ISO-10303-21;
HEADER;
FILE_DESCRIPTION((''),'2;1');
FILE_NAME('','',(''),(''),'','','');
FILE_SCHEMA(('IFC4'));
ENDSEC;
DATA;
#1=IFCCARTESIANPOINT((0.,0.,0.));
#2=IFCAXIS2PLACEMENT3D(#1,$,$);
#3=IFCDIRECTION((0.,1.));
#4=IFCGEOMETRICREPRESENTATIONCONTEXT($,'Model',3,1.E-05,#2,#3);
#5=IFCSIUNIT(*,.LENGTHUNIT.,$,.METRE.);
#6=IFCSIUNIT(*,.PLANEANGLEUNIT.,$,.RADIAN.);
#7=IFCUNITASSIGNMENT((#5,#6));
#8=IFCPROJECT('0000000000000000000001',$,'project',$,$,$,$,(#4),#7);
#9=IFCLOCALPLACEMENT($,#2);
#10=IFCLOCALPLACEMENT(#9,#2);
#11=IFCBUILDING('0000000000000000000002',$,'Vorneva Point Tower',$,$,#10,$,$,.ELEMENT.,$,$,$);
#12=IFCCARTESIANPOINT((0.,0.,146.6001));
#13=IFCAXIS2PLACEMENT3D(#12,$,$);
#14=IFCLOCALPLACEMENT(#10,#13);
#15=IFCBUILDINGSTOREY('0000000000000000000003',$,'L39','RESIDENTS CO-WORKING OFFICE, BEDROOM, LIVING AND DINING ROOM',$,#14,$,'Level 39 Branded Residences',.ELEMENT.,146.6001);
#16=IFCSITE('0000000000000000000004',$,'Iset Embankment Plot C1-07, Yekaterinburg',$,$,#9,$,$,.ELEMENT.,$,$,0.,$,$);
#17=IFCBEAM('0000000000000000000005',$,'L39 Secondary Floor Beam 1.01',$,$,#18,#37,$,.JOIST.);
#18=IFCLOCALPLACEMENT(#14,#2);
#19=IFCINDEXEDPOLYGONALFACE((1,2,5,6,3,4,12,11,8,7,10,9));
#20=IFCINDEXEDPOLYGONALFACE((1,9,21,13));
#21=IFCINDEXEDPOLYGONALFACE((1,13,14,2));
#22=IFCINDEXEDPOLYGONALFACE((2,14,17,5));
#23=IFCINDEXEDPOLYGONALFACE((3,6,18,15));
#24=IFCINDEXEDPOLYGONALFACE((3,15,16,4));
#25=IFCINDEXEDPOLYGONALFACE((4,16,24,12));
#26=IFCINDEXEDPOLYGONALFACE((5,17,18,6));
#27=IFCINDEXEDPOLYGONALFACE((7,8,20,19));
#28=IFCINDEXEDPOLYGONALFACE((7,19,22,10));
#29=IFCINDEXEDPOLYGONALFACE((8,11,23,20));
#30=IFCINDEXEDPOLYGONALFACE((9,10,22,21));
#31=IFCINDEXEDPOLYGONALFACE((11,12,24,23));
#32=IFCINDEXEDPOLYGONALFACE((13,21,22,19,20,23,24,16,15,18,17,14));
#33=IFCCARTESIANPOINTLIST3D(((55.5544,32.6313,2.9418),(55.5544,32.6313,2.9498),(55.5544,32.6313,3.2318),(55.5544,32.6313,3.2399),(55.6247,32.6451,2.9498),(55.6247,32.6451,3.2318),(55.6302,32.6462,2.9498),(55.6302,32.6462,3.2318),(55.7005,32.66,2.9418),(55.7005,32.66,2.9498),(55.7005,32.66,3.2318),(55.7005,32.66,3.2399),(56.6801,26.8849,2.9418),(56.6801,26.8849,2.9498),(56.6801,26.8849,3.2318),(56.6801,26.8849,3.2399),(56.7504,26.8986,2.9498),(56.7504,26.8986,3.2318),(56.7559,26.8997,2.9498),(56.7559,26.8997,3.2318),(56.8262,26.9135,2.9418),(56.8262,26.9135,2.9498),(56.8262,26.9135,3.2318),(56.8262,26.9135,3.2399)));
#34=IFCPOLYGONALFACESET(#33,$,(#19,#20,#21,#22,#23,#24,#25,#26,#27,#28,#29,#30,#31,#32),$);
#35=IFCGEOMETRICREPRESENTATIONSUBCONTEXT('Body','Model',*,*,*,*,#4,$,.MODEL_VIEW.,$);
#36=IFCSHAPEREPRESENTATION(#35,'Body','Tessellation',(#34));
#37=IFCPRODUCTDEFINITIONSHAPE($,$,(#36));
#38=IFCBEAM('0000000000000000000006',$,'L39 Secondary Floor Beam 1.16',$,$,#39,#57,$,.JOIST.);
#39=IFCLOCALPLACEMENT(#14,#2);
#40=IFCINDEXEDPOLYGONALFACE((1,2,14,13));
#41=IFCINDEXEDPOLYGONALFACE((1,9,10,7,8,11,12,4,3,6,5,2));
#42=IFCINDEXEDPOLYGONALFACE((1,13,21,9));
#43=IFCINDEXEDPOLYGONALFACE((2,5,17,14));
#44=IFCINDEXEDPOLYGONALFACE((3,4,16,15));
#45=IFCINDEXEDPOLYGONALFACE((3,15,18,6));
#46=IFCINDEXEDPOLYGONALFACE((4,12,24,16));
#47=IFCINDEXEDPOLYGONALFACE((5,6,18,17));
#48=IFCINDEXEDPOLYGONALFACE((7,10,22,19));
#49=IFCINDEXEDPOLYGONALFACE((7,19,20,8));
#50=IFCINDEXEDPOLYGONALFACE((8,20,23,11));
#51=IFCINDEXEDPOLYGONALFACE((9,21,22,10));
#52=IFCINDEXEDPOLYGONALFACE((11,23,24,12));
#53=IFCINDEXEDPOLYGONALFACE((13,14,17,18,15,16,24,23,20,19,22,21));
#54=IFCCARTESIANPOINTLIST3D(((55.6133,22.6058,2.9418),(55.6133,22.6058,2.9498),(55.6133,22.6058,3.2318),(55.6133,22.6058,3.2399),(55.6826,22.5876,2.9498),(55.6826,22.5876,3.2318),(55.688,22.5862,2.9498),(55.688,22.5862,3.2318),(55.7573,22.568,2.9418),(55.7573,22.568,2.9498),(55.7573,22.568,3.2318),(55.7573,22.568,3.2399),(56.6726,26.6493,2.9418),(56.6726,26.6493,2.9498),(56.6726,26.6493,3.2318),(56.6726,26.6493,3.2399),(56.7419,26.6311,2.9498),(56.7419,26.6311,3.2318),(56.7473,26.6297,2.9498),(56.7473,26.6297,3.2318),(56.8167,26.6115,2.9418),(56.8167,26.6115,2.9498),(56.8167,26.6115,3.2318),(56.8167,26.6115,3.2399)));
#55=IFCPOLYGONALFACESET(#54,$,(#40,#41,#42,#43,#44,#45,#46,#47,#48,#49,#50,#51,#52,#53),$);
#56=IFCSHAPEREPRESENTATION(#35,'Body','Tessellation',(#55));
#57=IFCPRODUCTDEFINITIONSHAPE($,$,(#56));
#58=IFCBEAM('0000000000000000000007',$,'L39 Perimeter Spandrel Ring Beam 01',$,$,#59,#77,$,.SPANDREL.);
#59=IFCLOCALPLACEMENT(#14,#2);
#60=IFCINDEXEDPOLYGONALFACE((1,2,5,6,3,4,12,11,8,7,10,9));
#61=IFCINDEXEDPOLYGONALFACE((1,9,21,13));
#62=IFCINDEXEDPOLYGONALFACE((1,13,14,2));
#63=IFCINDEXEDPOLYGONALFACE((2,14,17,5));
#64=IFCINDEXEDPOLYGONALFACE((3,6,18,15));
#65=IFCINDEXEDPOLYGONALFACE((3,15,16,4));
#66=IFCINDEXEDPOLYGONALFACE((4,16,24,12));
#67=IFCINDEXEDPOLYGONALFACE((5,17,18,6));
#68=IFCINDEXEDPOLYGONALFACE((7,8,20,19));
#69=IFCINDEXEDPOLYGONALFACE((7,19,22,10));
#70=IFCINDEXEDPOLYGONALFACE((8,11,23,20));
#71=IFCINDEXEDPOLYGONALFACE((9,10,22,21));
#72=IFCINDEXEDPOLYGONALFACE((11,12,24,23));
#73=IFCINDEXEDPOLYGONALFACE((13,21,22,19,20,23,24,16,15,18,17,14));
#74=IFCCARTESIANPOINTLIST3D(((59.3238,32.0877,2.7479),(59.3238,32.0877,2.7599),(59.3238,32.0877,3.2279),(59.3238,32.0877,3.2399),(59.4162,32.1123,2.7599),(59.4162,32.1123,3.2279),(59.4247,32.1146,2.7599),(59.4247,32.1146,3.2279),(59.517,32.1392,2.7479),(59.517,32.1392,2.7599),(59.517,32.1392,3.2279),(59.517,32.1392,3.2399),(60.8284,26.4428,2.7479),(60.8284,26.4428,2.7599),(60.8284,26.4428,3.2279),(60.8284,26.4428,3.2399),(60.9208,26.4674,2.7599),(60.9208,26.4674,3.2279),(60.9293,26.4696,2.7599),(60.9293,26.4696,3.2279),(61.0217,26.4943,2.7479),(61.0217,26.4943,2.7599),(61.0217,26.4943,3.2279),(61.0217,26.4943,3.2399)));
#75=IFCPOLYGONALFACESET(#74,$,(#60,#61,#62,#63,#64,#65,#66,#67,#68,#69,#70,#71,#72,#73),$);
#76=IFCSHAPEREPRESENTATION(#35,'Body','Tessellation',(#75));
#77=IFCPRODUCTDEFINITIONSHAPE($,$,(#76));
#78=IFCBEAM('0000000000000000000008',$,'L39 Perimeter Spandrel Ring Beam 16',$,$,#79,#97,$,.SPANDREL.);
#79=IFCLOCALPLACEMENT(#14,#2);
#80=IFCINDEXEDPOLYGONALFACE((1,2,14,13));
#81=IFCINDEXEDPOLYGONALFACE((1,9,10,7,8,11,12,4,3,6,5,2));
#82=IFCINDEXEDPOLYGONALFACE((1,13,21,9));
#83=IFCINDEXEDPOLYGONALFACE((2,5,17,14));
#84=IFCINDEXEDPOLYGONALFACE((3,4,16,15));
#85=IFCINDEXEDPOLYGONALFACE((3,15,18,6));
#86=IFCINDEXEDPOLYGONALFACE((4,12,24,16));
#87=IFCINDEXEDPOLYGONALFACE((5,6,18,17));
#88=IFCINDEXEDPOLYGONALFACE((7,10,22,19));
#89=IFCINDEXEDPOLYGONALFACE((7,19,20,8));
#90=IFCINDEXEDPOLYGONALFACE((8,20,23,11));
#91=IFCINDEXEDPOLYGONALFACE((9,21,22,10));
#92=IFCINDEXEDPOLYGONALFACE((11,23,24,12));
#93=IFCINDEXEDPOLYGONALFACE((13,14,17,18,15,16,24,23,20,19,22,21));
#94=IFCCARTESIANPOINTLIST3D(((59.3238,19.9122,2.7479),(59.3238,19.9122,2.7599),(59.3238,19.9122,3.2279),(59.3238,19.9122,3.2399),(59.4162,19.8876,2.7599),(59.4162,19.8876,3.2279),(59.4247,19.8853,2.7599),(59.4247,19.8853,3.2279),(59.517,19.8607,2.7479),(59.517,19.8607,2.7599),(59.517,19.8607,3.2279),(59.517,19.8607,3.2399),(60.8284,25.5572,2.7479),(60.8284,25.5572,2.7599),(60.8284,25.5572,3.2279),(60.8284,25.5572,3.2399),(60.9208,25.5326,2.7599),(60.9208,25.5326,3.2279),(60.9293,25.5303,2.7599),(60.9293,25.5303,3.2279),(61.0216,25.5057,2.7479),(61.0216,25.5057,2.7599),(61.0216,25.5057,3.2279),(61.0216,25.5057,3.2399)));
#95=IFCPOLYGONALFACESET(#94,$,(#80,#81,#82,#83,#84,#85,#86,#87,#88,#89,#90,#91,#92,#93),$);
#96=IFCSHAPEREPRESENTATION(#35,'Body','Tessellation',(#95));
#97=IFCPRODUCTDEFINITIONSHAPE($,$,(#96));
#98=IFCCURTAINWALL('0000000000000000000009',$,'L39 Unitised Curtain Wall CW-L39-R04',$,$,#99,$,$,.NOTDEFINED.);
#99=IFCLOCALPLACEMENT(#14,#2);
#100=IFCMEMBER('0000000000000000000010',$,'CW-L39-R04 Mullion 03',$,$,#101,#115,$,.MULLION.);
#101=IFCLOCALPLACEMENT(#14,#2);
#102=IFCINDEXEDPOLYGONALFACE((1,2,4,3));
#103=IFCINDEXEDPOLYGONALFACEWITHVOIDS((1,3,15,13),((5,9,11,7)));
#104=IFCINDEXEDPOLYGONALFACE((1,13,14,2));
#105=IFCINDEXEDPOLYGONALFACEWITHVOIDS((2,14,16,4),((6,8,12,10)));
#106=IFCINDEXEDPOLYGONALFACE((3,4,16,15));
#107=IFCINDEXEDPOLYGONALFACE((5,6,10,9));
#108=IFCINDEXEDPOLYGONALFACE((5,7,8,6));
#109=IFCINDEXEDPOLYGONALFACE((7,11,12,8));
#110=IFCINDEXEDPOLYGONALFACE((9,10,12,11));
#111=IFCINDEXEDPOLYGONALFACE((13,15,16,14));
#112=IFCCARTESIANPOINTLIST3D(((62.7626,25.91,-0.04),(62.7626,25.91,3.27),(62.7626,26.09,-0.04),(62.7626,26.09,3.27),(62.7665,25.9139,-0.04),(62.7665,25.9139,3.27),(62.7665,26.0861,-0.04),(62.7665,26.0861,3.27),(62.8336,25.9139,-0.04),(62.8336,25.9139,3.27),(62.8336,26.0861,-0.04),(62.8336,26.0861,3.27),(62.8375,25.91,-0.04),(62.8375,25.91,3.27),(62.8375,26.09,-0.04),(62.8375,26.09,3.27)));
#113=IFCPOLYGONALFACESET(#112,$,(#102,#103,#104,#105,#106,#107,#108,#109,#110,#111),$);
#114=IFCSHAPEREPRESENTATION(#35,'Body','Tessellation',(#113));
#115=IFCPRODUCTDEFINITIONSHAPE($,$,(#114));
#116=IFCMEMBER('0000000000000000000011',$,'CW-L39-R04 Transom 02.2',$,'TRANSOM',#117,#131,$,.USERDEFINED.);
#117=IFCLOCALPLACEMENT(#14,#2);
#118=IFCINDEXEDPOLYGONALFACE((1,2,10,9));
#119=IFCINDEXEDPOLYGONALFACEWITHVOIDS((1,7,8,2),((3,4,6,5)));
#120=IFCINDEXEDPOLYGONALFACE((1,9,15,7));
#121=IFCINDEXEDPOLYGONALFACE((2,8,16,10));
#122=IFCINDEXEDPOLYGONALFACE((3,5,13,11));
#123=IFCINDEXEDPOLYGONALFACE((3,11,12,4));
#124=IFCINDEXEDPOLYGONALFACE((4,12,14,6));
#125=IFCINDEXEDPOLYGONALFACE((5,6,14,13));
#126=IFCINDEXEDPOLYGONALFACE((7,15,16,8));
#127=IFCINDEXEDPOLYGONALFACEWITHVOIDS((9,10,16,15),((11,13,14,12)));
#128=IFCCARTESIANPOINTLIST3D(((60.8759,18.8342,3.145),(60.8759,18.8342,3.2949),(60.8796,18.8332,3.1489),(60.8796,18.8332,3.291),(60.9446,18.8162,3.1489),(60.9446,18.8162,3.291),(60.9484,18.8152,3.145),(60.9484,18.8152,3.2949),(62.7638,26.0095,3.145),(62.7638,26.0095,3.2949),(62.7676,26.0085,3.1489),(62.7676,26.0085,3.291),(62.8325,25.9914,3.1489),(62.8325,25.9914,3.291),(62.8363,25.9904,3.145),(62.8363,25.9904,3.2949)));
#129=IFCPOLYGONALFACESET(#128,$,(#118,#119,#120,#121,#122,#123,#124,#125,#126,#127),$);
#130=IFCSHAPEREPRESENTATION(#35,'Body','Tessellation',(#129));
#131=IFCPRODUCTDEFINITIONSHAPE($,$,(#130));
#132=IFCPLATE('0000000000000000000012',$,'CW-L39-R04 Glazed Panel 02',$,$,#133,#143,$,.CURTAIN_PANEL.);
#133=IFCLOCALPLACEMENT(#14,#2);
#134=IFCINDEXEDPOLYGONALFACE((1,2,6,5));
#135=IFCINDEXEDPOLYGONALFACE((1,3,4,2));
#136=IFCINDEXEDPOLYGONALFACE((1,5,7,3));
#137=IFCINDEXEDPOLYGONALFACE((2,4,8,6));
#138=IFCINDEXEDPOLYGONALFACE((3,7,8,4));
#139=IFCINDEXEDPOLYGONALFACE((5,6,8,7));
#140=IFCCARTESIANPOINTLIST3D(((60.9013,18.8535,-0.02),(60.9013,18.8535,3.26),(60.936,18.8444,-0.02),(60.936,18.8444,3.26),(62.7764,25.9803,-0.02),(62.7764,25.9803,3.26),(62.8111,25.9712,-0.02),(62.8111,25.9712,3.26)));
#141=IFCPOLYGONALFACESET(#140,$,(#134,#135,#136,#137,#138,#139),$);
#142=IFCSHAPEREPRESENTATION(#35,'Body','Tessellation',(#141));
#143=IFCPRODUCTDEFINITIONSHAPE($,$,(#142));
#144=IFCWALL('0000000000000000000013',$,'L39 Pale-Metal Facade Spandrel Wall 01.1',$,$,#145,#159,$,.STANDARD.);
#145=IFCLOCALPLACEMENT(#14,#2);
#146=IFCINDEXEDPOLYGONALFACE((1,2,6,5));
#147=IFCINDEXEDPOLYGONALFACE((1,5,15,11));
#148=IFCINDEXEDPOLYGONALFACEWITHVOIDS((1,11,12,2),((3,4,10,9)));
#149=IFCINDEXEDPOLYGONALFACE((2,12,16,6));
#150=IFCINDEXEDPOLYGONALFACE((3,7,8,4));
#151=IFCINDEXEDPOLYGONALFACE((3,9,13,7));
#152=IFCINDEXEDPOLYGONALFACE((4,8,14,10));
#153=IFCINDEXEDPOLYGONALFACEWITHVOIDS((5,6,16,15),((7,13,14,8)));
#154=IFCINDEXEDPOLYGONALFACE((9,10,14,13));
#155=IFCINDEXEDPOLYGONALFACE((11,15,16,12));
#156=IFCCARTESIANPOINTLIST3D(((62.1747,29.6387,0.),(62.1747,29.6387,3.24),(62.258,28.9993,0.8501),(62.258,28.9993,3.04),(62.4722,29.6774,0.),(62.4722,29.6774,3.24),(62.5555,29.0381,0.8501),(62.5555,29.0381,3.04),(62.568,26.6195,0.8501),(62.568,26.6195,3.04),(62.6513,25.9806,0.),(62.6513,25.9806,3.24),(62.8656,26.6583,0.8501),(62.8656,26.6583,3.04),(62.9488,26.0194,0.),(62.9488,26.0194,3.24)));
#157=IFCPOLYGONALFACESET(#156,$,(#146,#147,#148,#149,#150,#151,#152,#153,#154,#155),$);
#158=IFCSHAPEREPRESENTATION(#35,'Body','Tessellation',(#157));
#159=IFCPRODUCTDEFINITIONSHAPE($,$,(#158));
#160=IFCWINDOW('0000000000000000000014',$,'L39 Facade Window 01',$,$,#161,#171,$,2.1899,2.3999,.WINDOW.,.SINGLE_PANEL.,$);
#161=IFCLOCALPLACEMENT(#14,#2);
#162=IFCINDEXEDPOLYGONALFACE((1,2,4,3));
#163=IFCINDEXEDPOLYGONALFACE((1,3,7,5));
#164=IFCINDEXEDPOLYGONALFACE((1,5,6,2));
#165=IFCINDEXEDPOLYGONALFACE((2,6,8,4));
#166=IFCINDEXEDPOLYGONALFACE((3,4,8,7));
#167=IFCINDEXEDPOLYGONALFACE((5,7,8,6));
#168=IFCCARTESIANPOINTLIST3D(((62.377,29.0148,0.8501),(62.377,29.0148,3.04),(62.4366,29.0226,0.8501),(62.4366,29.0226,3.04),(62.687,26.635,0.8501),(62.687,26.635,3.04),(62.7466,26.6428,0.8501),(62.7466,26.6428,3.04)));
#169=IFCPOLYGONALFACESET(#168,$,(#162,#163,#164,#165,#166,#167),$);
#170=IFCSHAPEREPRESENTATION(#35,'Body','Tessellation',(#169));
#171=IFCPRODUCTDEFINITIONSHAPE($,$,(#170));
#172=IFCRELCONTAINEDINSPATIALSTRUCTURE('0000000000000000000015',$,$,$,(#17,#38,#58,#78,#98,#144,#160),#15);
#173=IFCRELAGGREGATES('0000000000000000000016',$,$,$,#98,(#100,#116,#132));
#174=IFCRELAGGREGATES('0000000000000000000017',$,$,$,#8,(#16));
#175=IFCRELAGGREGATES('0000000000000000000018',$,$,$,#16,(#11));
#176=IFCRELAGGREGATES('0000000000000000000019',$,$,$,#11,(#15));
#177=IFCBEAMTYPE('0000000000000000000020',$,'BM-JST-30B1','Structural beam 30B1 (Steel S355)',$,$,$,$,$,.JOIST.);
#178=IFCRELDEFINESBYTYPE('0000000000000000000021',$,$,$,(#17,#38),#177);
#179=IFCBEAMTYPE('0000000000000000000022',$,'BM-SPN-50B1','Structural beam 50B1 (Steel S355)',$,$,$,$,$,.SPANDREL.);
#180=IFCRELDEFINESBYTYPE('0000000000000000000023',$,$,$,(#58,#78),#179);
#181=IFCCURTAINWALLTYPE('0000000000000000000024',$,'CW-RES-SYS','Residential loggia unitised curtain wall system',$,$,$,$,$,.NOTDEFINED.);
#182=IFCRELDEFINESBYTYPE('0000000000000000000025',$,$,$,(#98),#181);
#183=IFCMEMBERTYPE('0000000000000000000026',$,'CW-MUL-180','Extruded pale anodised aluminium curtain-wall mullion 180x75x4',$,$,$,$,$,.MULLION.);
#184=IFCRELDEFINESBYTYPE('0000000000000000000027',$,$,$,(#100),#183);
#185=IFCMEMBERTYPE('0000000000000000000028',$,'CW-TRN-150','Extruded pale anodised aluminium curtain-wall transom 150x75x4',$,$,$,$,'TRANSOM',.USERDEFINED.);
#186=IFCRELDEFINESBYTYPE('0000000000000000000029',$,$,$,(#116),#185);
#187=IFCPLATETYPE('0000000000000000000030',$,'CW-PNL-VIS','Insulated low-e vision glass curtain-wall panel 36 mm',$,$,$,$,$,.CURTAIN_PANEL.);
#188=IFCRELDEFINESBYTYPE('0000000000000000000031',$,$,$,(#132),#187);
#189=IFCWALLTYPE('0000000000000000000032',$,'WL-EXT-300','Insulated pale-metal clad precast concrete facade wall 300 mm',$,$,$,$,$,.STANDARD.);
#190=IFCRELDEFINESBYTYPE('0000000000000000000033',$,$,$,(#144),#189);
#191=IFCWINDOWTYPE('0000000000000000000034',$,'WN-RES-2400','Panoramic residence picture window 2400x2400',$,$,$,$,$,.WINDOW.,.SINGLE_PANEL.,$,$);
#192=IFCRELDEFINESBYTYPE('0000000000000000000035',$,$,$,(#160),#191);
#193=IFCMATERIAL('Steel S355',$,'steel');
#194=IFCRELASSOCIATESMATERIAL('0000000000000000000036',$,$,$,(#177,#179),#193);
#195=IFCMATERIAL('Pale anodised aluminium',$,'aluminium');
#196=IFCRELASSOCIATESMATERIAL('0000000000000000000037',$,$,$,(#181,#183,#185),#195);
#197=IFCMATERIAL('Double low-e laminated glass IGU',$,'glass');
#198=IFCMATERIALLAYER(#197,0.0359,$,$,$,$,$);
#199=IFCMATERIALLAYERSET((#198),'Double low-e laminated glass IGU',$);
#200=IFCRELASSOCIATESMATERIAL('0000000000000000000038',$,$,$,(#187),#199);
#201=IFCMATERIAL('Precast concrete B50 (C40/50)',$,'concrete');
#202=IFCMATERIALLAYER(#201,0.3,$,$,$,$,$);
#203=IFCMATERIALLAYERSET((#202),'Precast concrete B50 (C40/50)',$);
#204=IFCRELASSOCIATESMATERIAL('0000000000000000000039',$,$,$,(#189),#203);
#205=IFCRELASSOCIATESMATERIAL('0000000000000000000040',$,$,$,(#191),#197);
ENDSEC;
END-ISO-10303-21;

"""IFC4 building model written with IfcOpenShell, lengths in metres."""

from ifc_helpers import new_model, si_unit, direction, frame, frame_2d, origin, origin_2d, place, context, subcontext, project, spatial, rectangle, hollow_rectangle, i_section, extrude, material, layer, layer_set, material_profile, profile_set, type_object, element, fill, aggregate, save


model = new_model("IFC4")

# Units and contexts
model_context = context("Model", 3, precision=1e-05, world=origin(), true_north=direction((0.0, 1.0)))
body_context = subcontext(model_context, "Body", "Model", "MODEL_VIEW")
ifc_project = project(units=[si_unit("LENGTHUNIT", "METRE"), si_unit("PLANEANGLEUNIT", "RADIAN")], contexts=[model_context])

# Site, building, storey
site_placement = place(None, origin())
site = spatial("IfcSite", under=ifc_project, at=site_placement, Name="Iset Embankment Plot C1-07, Yekaterinburg", CompositionType="ELEMENT", RefElevation=0.0)
building_placement = place(site_placement, origin())
building = spatial("IfcBuilding", under=site, at=building_placement, Name="Vorneva Point Tower", CompositionType="ELEMENT")
storey_placement = place(building_placement, frame((0.0, 0.0, 146.6001)))
storey = spatial("IfcBuildingStorey", under=building, at=storey_placement, Name="L39", Description="RESIDENTS CO-WORKING OFFICE, BEDROOM, LIVING AND DINING ROOM", LongName="Level 39 Branded Residences", CompositionType="ELEMENT", Elevation=146.6001)

# Beams
ifc_material_1 = material(Name="Steel S355", Category="steel")
ifc_material_profile_1 = material_profile(ifc_material_1, i_section(OverallWidth=0.1489, OverallDepth=0.2981, WebThickness=0.0056, FlangeThickness=0.0081, at=origin_2d()), Name="30B1")
ifc_profile_set_1 = profile_set([ifc_material_profile_1], Name="Steel S355")
beam_type_1 = type_object("IfcBeamType", Name="BM-JST-30B1", Description="Structural beam 30B1 (Steel S355)", PredefinedType="JOIST", material=ifc_profile_set_1)
beam_1_placement = place(storey_placement, frame((56.7532, 26.8992, 3.0908), z_axis=(-0.192242, 0.981348, 0.0), x_axis=(-0.981348, -0.192242, 0.0)))
element("IfcBeam", 1, at=beam_1_placement, inside=storey, type_object=beam_type_1, Name="L39 Secondary Floor Beam 1.01", PredefinedType="JOIST", context=body_context, shape_type="SweptSolid", body=[
    extrude(i_section(OverallWidth=0.1489, OverallDepth=0.2981, WebThickness=0.0056, FlangeThickness=0.0081, at=origin_2d()), origin(), (0.0, 0.0, 1.0), 5.8557),
])
beam_2_placement = place(storey_placement, frame((55.6853, 22.5869, 3.0908), z_axis=(0.253432, 0.967353, 0.0), x_axis=(-0.967353, 0.253432, 0.0)))
element("IfcBeam", 2, at=beam_2_placement, inside=storey, type_object=beam_type_1, Name="L39 Secondary Floor Beam 1.16", PredefinedType="JOIST", context=body_context, shape_type="SweptSolid", body=[
    extrude(i_section(OverallWidth=0.1489, OverallDepth=0.2981, WebThickness=0.0056, FlangeThickness=0.0081, at=origin_2d()), origin(), (0.0, 0.0, 1.0), 4.1799),
])
ifc_material_profile_2 = material_profile(ifc_material_1, i_section(OverallWidth=0.2, OverallDepth=0.4919, WebThickness=0.0088, FlangeThickness=0.012, at=origin_2d()), Name="50B1")
ifc_profile_set_2 = profile_set([ifc_material_profile_2], Name="Steel S355")
beam_type_2 = type_object("IfcBeamType", Name="BM-SPN-50B1", Description="Structural beam 50B1 (Steel S355)", PredefinedType="SPANDREL", material=ifc_profile_set_2)
for number, where, z_axis, x_axis, name in (
    (3, (60.925, 26.4685, 2.9939), (-0.257551, 0.966265, 0.0), (-0.966265, -0.257551, 0.0), "L39 Perimeter Spandrel Ring Beam 01"),
    (4, (59.4204, 19.8865, 2.9939), (0.257551, 0.966265, 0.0), (-0.966265, 0.257551, 0.0), "L39 Perimeter Spandrel Ring Beam 16"),
):
    element("IfcBeam", number, at=place(storey_placement, frame(where, z_axis=z_axis, x_axis=x_axis)), inside=storey, type_object=beam_type_2, Name=name, PredefinedType="SPANDREL", context=body_context, shape_type="SweptSolid", body=[
        extrude(i_section(OverallWidth=0.2, OverallDepth=0.4919, WebThickness=0.0088, FlangeThickness=0.012, at=origin_2d()), origin(), (0.0, 0.0, 1.0), 5.842),
    ])

# Curtain wall, members, plate
ifc_material_2 = material(Name="Pale anodised aluminium", Category="aluminium")
curtain_wall_type = type_object("IfcCurtainWallType", Name="CW-RES-SYS", Description="Residential loggia unitised curtain wall system", PredefinedType="NOTDEFINED", material=ifc_material_2)
curtain_wall_placement = place(storey_placement, origin())
curtain_wall = element("IfcCurtainWall", 5, at=curtain_wall_placement, inside=storey, type_object=curtain_wall_type, Name="L39 Unitised Curtain Wall CW-L39-R04", PredefinedType="NOTDEFINED")
ifc_material_profile_3 = material_profile(ifc_material_2, hollow_rectangle(XDim=0.075, YDim=0.1799, WallThickness=0.0039, at=origin_2d()), Name="AL-MUL 180x75x4")
ifc_profile_set_3 = profile_set([ifc_material_profile_3], Name="Pale anodised aluminium")
member_type_1 = type_object("IfcMemberType", Name="CW-MUL-180", Description="Extruded pale anodised aluminium curtain-wall mullion 180x75x4", PredefinedType="MULLION", material=ifc_profile_set_3)
member_1_placement = place(storey_placement, frame((62.8, 26.0, -0.04), z_axis=(0.0, 0.0, 1.0), x_axis=(1.0, 0.0, 0.0)))
member_1 = element("IfcMember", 6, at=member_1_placement, type_object=member_type_1, Name="CW-L39-R04 Mullion 03", PredefinedType="MULLION", context=body_context, shape_type="SweptSolid", body=[
    extrude(hollow_rectangle(XDim=0.075, YDim=0.1799, WallThickness=0.0039, at=origin_2d()), origin(), (0.0, 0.0, 1.0), 3.3101),
])
ifc_material_profile_4 = material_profile(ifc_material_2, hollow_rectangle(XDim=0.075, YDim=0.1499, WallThickness=0.0039, at=origin_2d()), Name="AL-TRN 150x75x4")
ifc_profile_set_4 = profile_set([ifc_material_profile_4], Name="Pale anodised aluminium")
member_type_2 = type_object("IfcMemberType", Name="CW-TRN-150", Description="Extruded pale anodised aluminium curtain-wall transom 150x75x4", ElementType="TRANSOM", PredefinedType="USERDEFINED", material=ifc_profile_set_4)
member_2_placement = place(storey_placement, frame((60.9121, 18.8247, 3.22), z_axis=(0.254456, 0.967084, 0.0), x_axis=(-0.967084, 0.254456, 0.0)))
member_2 = element("IfcMember", 7, at=member_2_placement, type_object=member_type_2, Name="CW-L39-R04 Transom 02.2", ObjectType="TRANSOM", PredefinedType="USERDEFINED", context=body_context, shape_type="SweptSolid", body=[
    extrude(hollow_rectangle(XDim=0.075, YDim=0.1499, WallThickness=0.0039, at=origin_2d()), origin(), (0.0, 0.0, 1.0), 7.4194),
])
ifc_material_3 = material(Name="Double low-e laminated glass IGU", Category="glass")
ifc_layer_1 = layer(ifc_material_3, 0.0359)
ifc_layer_set_1 = layer_set([ifc_layer_1], Name="Double low-e laminated glass IGU")
plate_type = type_object("IfcPlateType", Name="CW-PNL-VIS", Description="Insulated low-e vision glass curtain-wall panel 36 mm", PredefinedType="CURTAIN_PANEL", material=ifc_layer_set_1)
plate_placement = place(storey_placement, frame((61.8562, 22.4124, -0.02), z_axis=(0.0, 0.0, 1.0), x_axis=(0.254433, 0.96709, 0.0)))
plate = element("IfcPlate", 8, at=plate_placement, type_object=plate_type, Name="CW-L39-R04 Glazed Panel 02", PredefinedType="CURTAIN_PANEL", context=body_context, shape_type="SweptSolid", body=[
    extrude(rectangle(XDim=7.3694, YDim=0.0359, at=origin_2d()), origin(), (0.0, 0.0, 1.0), 3.28),
])
aggregate(curtain_wall, [member_1, member_2, plate])

# Wall, opening, window
ifc_material_4 = material(Name="Precast concrete B50 (C40/50)", Category="concrete")
ifc_layer_2 = layer(ifc_material_4, 0.3)
ifc_layer_set_2 = layer_set([ifc_layer_2], Name="Precast concrete B50 (C40/50)")
wall_type_1 = type_object("IfcWallType", Name="WL-EXT-300", Description="Insulated pale-metal clad precast concrete facade wall 300 mm", PredefinedType="STANDARD", material=ifc_layer_set_2)
wall_1_placement = place(storey_placement, frame((62.8, 26.0, 0.0), z_axis=(0.0, 0.0, 1.0), x_axis=(-0.129189, 0.99162, 0.0)))
wall_1 = element("IfcWall", 9, at=wall_1_placement, inside=storey, type_object=wall_type_1, Name="L39 Pale-Metal Facade Spandrel Wall 01.1", PredefinedType="STANDARD", context=body_context, shape_type="SweptSolid", body=[
    extrude(rectangle(XDim=3.689, YDim=0.3, at=frame_2d((1.8445, 0.0))), origin(), (0.0, 0.0, 1.0), 3.24),
])
opening_1_placement = place(wall_1_placement, frame((0.6443, 0.0, 0.8501)))
opening_1 = element("IfcOpeningElement", 10, at=opening_1_placement, cuts=wall_1, PredefinedType="OPENING", context=body_context, shape_type="SweptSolid", body=[
    extrude(rectangle(XDim=2.3999, YDim=2.1899, at=frame_2d((1.2, 1.095))), frame((0.0, 0.165, 0.0), z_axis=(0.0, -1.0, 0.0), x_axis=(1.0, 0.0, 0.0)), (0.0, 0.0, 1.0), 0.3298),
])
window_type = type_object("IfcWindowType", Name="WN-RES-2400", Description="Panoramic residence picture window 2400x2400", PartitioningType="SINGLE_PANEL", PredefinedType="WINDOW", material=ifc_material_3)
window_placement = place(opening_1_placement, origin())
window = element("IfcWindow", 11, at=window_placement, inside=storey, type_object=window_type, Name="L39 Facade Window 01", OverallHeight=2.1899, OverallWidth=2.3999, PartitioningType="SINGLE_PANEL", PredefinedType="WINDOW", context=body_context, shape_type="SweptSolid", body=[
    extrude(rectangle(XDim=2.3999, YDim=2.1899, at=frame_2d((1.2, 1.095))), frame((0.0, 0.03, 0.0), z_axis=(0.0, -1.0, 0.0), x_axis=(1.0, 0.0, 0.0)), (0.0, 0.0, 1.0), 0.0601),
])
fill(opening_1, window)

save(model, "model.ifc")
